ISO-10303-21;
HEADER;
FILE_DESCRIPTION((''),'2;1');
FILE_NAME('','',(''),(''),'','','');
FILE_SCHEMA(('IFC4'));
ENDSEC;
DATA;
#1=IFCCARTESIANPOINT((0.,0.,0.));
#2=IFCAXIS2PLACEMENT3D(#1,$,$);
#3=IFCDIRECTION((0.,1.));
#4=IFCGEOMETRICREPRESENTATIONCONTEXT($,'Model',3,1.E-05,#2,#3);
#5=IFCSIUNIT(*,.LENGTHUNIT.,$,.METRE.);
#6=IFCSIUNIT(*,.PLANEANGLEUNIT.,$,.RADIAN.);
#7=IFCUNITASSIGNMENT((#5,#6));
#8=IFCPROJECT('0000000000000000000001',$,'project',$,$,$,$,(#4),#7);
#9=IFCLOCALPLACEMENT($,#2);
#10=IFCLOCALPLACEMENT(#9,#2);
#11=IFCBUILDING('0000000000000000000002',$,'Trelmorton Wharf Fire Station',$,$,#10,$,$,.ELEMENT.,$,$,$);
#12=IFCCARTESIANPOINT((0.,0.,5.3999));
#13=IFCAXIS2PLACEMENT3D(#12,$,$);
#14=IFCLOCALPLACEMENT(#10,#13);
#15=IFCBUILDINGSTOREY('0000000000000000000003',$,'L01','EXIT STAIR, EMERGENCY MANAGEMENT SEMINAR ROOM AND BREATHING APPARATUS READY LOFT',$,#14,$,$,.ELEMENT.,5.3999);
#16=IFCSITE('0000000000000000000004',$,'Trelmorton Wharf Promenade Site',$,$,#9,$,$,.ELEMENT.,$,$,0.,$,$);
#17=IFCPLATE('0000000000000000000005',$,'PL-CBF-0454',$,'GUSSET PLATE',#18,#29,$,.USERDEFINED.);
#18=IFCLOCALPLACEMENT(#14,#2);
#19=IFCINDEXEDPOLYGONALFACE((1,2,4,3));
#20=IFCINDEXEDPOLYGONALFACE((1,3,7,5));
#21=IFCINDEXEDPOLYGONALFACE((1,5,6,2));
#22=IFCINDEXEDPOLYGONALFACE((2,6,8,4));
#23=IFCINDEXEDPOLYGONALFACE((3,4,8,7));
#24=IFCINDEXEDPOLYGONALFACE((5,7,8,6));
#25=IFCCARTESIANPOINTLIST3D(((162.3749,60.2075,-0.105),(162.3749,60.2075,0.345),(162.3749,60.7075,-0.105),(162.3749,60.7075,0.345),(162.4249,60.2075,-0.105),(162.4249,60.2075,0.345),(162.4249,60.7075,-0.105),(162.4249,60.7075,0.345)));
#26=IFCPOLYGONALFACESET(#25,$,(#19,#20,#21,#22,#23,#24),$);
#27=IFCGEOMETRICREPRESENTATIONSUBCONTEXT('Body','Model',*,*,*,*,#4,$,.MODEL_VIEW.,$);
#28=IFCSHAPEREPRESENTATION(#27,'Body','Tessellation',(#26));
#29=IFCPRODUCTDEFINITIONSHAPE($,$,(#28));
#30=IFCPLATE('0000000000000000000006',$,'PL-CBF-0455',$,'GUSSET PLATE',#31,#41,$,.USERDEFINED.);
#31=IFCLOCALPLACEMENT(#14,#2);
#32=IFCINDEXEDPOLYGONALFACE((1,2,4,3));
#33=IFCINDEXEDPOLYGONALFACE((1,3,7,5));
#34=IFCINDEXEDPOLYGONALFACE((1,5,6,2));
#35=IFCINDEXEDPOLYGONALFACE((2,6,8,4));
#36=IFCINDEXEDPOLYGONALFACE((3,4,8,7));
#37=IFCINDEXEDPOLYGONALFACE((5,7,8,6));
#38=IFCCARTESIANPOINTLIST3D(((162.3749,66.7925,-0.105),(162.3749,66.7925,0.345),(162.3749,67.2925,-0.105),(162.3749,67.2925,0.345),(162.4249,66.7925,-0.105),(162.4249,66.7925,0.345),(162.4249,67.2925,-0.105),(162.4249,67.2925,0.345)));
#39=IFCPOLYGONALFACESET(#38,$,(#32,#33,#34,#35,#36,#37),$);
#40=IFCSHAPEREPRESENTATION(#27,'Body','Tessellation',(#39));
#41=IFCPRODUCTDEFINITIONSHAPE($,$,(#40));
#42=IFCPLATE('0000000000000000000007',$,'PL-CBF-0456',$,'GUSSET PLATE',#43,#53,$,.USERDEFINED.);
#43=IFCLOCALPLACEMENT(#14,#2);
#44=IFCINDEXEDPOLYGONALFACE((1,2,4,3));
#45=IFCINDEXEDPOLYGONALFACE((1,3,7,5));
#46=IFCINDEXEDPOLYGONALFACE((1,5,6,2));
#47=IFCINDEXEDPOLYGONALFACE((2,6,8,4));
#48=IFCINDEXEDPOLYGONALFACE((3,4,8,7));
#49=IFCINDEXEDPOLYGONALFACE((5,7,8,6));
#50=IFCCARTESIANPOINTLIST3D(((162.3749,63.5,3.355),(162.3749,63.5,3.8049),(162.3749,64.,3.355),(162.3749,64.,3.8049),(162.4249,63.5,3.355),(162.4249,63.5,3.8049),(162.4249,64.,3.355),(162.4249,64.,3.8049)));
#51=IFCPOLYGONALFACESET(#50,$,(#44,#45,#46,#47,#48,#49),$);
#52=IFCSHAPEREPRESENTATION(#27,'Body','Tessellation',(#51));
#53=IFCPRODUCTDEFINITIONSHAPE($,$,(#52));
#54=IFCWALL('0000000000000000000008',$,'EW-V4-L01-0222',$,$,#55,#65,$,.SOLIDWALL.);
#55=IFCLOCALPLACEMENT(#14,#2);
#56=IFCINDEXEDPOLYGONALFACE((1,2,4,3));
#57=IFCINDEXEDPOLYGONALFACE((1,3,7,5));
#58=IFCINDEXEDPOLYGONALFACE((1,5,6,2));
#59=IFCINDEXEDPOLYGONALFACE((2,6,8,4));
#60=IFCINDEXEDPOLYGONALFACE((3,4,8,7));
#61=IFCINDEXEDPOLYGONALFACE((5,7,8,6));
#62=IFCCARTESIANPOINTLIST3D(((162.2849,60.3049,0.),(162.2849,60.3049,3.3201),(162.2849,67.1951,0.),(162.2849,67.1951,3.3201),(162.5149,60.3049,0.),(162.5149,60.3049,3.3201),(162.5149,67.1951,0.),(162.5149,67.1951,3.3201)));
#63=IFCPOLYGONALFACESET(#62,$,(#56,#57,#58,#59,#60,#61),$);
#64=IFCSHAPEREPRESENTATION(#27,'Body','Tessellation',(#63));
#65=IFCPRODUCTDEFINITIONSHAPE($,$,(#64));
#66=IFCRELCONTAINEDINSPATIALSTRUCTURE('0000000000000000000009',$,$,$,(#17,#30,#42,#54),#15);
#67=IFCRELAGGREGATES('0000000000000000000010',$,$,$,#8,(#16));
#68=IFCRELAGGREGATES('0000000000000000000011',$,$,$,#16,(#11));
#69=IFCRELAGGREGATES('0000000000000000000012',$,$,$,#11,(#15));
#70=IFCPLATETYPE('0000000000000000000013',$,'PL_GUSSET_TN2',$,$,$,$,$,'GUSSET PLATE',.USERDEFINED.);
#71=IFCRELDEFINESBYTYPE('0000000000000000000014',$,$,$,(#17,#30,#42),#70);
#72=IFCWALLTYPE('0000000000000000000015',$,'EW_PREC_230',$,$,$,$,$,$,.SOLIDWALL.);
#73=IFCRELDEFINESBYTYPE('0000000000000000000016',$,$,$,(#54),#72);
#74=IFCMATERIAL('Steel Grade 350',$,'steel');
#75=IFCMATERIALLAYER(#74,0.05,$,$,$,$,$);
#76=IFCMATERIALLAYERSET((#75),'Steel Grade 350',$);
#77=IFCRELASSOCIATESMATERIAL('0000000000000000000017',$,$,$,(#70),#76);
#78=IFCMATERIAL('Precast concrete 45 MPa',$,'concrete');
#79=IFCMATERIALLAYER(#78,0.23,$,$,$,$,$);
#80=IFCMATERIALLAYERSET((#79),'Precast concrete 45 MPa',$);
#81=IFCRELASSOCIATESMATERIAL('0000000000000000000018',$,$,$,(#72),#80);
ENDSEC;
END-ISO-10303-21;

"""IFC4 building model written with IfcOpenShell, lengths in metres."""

from ifc_helpers import new_model, si_unit, direction, frame, frame_2d, origin, origin_2d, place, context, subcontext, project, spatial, rectangle, extrude, material, layer, layer_set, type_object, element, save


model = new_model("IFC4")

# Units and contexts
model_context = context("Model", 3, precision=1e-05, world=origin(), true_north=direction((0.0, 1.0)))
body_context = subcontext(model_context, "Body", "Model", "MODEL_VIEW")
ifc_project = project(units=[si_unit("LENGTHUNIT", "METRE"), si_unit("PLANEANGLEUNIT", "RADIAN")], contexts=[model_context])

# Site, building, storey
site_placement = place(None, origin())
site = spatial("IfcSite", under=ifc_project, at=site_placement, Name="Trelmorton Wharf Promenade Site", CompositionType="ELEMENT", RefElevation=0.0)
building_placement = place(site_placement, origin())
building = spatial("IfcBuilding", under=site, at=building_placement, Name="Trelmorton Wharf Fire Station", CompositionType="ELEMENT")
storey_placement = place(building_placement, frame((0.0, 0.0, 5.3999)))
storey = spatial("IfcBuildingStorey", under=building, at=storey_placement, Name="L01", Description="EXIT STAIR, EMERGENCY MANAGEMENT SEMINAR ROOM AND BREATHING APPARATUS READY LOFT", CompositionType="ELEMENT", Elevation=5.3999)

# Shared definitions
ifc_material_1 = material(Name="Steel Grade 350", Category="steel")

# Plates
ifc_layer_1 = layer(ifc_material_1, 0.05)
ifc_layer_set_1 = layer_set([ifc_layer_1], Name="Steel Grade 350")
plate_type_1 = type_object("IfcPlateType", Name="PL_GUSSET_TN2", ElementType="GUSSET PLATE", PredefinedType="USERDEFINED", material=ifc_layer_set_1)
for number, where, z_axis, x_axis, name in (
    (1, (162.3999, 60.4575, -0.105), (0.0, 0.0, 1.0), (1.0, 0.0, 0.0), "PL-CBF-0454"),
    (2, (162.3999, 67.0425, -0.105), (0.0, 0.0, 1.0), (1.0, 0.0, 0.0), "PL-CBF-0455"),
    (3, (162.3999, 63.75, 3.355), (0.0, 0.0, 1.0), (1.0, 0.0, 0.0), "PL-CBF-0456"),
):
    element("IfcPlate", number, at=place(storey_placement, frame(where, z_axis=z_axis, x_axis=x_axis)), inside=storey, type_object=plate_type_1, Name=name, ObjectType="GUSSET PLATE", PredefinedType="USERDEFINED", context=body_context, shape_type="SweptSolid", body=[
        extrude(rectangle(XDim=0.05, YDim=0.5, at=origin_2d()), origin(), (0.0, 0.0, 1.0), 0.45),
    ])

# Wall
ifc_material_2 = material(Name="Precast concrete 45 MPa", Category="concrete")
ifc_layer_2 = layer(ifc_material_2, 0.23)
ifc_layer_set_2 = layer_set([ifc_layer_2], Name="Precast concrete 45 MPa")
wall_type = type_object("IfcWallType", Name="EW_PREC_230", PredefinedType="SOLIDWALL", material=ifc_layer_set_2)
wall_placement = place(storey_placement, frame((162.3999, 67.1951, 0.0), z_axis=(0.0, 0.0, 1.0), x_axis=(0.0, -1.0, 0.0)))
element("IfcWall", 4, at=wall_placement, inside=storey, type_object=wall_type, Name="EW-V4-L01-0222", PredefinedType="SOLIDWALL", context=body_context, shape_type="SweptSolid", body=[
    extrude(rectangle(XDim=6.8901, YDim=0.23, at=frame_2d((3.4451, 0.0))), origin(), (0.0, 0.0, 1.0), 3.3201),
])

save(model, "model.ifc")
